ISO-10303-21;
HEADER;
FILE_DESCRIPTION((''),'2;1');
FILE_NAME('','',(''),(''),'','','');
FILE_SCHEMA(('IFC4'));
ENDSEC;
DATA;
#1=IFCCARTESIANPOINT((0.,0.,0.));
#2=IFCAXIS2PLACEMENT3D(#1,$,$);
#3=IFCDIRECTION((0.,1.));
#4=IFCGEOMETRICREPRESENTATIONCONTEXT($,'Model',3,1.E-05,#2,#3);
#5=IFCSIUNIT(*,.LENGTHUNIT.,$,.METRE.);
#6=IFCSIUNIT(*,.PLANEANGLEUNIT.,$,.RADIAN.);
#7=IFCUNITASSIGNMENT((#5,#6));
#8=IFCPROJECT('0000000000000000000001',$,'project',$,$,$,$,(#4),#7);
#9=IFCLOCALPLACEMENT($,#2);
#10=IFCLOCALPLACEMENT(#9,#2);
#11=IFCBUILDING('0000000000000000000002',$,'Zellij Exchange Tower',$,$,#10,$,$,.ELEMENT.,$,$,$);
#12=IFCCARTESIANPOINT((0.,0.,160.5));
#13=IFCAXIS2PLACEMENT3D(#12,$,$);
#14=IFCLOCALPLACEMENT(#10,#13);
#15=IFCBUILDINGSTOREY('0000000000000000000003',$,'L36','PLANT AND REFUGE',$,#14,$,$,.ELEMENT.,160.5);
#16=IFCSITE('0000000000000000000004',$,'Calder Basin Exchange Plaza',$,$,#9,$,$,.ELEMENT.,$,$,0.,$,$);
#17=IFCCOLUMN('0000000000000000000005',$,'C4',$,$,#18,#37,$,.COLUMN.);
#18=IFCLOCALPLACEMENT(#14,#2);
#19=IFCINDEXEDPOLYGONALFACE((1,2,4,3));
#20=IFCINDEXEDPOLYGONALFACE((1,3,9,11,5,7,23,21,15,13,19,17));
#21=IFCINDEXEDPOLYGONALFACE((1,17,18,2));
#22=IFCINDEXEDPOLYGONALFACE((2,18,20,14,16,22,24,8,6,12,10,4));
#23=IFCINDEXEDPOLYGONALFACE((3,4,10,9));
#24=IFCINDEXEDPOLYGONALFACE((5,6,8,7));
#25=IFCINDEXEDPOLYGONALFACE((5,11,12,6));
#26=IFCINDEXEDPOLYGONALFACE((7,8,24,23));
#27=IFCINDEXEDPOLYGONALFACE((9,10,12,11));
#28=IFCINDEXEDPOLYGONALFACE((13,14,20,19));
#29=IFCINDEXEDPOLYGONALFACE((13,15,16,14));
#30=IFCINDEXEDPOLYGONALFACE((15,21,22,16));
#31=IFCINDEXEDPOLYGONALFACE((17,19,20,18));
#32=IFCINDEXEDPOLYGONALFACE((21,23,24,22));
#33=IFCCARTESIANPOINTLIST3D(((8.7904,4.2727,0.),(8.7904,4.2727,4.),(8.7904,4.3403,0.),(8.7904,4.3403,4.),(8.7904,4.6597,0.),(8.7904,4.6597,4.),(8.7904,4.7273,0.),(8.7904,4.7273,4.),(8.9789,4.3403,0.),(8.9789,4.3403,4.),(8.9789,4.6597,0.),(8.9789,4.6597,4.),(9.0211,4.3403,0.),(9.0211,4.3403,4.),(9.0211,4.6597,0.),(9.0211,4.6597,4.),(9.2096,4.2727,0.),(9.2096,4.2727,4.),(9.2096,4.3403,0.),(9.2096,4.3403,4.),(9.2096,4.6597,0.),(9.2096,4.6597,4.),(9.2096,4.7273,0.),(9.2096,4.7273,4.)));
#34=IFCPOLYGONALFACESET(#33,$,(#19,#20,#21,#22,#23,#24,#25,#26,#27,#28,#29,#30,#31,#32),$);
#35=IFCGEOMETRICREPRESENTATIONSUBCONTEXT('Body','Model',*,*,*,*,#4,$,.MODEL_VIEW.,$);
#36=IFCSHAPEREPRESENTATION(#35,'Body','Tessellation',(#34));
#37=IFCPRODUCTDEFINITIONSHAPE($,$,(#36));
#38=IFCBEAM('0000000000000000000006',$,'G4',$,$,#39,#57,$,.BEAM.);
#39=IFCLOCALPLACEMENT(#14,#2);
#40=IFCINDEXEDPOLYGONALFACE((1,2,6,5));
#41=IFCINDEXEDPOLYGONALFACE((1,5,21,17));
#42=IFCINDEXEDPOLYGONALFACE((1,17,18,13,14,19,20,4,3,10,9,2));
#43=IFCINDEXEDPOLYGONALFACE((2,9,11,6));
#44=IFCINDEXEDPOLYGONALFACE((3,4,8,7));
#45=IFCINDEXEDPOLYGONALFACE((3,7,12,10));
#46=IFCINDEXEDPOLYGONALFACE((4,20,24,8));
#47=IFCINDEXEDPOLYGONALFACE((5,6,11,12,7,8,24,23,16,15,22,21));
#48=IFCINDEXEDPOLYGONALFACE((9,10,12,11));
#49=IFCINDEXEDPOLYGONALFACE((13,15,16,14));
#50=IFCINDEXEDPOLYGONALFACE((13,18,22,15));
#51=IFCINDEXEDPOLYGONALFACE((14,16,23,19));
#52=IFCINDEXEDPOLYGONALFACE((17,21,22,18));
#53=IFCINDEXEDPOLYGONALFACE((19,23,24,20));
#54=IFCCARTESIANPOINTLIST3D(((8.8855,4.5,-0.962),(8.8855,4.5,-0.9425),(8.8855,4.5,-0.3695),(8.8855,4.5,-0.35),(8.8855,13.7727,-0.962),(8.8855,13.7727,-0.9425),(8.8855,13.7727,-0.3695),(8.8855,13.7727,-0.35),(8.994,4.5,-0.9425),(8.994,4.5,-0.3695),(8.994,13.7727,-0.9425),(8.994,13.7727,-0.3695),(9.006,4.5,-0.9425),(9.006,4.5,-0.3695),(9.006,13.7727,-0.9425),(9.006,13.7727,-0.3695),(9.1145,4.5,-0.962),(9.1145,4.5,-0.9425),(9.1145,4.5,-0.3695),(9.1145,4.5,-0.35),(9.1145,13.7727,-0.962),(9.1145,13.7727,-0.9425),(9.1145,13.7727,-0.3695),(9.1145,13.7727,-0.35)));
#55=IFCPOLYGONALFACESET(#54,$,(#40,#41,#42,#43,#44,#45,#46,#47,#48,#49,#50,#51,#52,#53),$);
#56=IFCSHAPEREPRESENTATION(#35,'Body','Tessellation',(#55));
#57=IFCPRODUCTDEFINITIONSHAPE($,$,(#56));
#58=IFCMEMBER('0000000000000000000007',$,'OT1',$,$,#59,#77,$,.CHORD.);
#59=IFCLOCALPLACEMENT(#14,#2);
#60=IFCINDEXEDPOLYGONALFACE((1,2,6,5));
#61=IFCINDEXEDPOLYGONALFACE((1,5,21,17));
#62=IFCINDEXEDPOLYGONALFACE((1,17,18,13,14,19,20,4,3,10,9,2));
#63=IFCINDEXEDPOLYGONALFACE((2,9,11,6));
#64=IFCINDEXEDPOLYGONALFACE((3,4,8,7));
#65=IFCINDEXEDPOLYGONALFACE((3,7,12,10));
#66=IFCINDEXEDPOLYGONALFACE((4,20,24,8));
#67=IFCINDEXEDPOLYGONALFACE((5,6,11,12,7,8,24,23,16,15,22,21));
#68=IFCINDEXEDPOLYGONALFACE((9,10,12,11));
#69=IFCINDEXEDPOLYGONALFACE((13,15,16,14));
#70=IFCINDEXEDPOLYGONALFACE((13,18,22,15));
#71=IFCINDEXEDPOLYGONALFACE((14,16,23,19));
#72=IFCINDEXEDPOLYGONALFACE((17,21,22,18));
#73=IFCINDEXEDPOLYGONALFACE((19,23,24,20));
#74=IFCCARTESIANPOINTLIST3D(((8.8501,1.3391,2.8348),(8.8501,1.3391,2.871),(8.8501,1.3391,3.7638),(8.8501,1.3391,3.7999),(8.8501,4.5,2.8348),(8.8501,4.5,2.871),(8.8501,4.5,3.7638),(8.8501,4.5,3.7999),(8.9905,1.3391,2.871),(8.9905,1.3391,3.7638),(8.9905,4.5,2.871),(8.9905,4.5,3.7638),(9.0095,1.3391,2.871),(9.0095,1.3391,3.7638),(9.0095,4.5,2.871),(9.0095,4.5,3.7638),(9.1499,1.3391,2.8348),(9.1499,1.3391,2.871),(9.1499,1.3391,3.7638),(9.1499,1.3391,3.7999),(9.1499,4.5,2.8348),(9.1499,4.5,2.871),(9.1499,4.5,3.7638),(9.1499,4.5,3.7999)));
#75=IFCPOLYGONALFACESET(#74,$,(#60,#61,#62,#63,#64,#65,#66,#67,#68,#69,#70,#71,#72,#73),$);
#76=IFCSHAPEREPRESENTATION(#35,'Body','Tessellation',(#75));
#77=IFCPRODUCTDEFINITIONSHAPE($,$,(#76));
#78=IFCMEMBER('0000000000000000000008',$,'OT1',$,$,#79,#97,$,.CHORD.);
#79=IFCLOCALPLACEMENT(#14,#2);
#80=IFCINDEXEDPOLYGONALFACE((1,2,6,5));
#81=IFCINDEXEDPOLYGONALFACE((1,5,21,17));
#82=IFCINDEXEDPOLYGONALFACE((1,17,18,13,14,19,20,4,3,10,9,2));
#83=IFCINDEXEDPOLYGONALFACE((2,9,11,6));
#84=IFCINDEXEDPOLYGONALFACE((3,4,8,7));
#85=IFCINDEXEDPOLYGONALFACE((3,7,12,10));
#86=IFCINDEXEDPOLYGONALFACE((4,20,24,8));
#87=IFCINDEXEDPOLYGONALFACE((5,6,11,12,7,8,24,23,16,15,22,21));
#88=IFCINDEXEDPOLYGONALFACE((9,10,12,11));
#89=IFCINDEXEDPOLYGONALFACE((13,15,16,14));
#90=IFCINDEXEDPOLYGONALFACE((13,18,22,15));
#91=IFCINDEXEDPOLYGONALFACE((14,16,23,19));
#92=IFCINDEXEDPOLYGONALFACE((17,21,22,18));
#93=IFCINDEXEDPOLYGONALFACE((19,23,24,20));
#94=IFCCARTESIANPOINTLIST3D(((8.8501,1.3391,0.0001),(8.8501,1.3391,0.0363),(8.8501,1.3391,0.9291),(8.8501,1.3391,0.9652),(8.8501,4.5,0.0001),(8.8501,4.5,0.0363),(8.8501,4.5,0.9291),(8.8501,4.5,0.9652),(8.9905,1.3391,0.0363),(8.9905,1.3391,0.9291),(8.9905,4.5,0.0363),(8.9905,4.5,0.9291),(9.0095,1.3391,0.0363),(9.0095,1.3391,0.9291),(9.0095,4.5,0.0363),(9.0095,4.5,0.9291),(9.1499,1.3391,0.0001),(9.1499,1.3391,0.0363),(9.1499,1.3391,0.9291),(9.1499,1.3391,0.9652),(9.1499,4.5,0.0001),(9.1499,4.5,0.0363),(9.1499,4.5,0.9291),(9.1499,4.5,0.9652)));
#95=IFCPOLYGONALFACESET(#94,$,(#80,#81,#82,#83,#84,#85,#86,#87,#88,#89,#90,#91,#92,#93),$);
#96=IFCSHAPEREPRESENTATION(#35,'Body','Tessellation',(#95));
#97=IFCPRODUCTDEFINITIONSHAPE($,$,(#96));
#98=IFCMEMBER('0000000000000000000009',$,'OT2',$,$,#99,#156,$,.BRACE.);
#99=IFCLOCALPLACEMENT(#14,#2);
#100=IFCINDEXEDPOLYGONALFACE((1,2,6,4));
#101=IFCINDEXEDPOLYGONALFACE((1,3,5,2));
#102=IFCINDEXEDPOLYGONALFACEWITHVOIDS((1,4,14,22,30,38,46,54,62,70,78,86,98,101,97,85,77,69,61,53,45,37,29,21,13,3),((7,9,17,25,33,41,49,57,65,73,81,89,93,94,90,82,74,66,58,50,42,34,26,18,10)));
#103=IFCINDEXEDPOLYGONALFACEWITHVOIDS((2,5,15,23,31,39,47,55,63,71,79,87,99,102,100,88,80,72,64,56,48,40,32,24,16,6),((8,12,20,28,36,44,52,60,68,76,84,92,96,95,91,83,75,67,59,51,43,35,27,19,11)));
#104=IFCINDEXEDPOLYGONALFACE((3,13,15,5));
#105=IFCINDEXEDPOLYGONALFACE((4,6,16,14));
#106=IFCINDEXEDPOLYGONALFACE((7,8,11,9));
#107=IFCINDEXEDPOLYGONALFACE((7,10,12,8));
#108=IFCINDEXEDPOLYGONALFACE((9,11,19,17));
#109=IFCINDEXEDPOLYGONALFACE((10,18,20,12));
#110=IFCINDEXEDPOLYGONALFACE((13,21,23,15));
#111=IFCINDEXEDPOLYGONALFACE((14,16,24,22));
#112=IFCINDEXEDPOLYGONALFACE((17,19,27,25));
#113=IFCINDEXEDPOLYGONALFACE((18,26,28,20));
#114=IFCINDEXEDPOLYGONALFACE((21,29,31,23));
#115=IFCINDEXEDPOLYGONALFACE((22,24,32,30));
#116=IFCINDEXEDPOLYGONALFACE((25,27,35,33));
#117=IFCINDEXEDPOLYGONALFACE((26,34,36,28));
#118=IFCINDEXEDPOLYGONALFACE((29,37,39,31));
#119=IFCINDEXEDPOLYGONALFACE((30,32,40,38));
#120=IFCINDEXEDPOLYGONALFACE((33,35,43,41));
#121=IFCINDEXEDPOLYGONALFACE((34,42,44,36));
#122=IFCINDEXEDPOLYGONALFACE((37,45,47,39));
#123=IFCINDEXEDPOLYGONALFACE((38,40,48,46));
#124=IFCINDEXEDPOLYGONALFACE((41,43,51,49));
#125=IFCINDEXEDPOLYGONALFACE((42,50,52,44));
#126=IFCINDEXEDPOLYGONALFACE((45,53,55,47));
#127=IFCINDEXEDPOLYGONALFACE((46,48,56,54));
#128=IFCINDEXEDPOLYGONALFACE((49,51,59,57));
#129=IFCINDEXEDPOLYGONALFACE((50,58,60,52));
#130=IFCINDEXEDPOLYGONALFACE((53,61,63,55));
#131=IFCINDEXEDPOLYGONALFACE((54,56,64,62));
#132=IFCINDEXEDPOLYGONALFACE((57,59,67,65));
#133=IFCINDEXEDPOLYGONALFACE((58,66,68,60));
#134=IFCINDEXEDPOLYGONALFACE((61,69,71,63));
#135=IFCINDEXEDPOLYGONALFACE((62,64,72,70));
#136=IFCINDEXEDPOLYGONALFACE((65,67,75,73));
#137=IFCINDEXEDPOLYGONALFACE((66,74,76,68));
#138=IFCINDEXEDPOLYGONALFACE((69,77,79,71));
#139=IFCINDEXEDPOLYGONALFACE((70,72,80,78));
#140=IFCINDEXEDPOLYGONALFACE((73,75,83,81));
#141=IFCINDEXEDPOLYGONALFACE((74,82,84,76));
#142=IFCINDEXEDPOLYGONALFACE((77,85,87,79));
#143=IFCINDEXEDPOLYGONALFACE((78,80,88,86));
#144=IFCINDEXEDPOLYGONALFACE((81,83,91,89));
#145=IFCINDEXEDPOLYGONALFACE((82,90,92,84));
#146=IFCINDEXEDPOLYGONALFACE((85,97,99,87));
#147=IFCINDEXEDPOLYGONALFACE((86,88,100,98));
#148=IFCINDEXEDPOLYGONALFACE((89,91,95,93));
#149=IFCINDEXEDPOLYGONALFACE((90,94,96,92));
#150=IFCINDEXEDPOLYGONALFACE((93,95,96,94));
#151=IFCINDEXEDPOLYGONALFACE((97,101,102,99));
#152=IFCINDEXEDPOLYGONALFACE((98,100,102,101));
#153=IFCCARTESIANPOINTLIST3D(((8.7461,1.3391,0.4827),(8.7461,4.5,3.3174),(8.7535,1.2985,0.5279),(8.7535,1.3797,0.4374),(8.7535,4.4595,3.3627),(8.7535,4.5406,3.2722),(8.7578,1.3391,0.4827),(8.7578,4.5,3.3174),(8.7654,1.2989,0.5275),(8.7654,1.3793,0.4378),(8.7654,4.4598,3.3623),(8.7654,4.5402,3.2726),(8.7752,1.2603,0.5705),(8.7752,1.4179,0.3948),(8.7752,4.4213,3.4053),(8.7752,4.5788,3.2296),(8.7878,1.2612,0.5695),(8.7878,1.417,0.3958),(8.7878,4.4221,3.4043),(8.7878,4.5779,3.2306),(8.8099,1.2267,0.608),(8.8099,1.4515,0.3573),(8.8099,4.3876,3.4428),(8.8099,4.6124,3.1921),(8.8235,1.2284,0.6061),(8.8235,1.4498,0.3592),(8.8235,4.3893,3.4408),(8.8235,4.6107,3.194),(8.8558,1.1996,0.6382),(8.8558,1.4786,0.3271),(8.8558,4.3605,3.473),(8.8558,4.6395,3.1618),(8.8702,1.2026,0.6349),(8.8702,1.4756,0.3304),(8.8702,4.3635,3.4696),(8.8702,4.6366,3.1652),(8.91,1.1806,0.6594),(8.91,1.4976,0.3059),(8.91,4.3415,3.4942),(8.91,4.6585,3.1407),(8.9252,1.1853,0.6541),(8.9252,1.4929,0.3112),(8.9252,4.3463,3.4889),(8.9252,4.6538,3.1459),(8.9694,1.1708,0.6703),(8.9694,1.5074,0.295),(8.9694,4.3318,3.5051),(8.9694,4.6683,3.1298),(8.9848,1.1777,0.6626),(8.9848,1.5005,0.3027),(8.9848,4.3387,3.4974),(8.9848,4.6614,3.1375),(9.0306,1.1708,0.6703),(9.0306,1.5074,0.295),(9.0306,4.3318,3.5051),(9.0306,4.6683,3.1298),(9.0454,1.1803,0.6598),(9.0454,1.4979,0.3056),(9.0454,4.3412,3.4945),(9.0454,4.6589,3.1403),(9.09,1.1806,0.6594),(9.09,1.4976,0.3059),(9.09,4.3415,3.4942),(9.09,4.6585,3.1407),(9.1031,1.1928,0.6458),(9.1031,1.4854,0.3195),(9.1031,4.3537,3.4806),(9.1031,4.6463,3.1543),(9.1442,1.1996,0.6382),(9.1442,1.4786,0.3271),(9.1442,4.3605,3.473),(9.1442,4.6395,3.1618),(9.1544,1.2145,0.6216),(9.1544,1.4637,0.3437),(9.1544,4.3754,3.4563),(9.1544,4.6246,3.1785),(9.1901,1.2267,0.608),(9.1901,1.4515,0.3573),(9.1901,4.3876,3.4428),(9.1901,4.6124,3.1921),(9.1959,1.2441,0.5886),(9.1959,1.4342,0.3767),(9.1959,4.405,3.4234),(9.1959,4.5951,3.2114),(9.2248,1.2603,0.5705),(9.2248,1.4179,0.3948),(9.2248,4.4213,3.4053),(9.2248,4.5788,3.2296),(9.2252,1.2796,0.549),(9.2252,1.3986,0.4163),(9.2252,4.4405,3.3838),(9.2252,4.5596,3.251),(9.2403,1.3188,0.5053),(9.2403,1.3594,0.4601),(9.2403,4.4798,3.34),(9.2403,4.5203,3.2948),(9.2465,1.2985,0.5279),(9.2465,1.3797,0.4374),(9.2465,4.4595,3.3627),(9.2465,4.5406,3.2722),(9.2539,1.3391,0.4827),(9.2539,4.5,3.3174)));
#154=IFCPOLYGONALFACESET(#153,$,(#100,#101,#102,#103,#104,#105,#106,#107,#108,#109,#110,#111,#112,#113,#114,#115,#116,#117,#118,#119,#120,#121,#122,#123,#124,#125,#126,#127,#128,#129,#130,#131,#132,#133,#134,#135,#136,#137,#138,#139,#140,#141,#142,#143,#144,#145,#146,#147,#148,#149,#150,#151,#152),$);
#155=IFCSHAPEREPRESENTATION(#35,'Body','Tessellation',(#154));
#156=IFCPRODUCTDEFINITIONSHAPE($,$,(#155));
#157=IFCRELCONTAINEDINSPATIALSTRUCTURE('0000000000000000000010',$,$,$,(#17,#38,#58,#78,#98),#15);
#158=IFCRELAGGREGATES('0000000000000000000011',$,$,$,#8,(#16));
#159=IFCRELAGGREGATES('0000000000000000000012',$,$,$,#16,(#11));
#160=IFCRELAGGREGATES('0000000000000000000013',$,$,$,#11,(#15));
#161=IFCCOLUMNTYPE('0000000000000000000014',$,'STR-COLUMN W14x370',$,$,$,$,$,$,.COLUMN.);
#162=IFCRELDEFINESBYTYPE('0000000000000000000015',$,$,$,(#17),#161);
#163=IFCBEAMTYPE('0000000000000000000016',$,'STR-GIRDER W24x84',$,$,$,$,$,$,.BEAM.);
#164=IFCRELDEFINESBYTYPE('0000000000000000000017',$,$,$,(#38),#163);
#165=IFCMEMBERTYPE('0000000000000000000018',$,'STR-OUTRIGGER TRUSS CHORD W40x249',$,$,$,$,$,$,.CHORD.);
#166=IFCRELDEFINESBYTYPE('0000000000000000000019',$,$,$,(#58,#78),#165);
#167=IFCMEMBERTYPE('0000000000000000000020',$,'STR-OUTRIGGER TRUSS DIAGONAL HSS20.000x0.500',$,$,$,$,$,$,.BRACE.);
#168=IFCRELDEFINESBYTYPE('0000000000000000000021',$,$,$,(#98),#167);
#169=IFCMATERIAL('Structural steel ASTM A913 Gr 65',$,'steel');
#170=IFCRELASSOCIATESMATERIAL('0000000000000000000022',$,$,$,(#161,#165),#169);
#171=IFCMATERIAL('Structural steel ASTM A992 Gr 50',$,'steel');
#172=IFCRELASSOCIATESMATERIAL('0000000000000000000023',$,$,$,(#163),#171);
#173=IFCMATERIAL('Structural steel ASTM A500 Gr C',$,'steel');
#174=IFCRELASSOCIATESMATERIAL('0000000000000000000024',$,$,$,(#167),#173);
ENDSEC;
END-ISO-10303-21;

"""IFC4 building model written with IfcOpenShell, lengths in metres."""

from ifc_helpers import new_model, si_unit, direction, frame, origin, origin_2d, place, context, subcontext, project, spatial, hollow_circle, i_section, extrude, material, material_profile, profile_set, type_object, element, save


model = new_model("IFC4")

# Units and contexts
model_context = context("Model", 3, precision=1e-05, world=origin(), true_north=direction((0.0, 1.0)))
body_context = subcontext(model_context, "Body", "Model", "MODEL_VIEW")
ifc_project = project(units=[si_unit("LENGTHUNIT", "METRE"), si_unit("PLANEANGLEUNIT", "RADIAN")], contexts=[model_context])

# Site, building, storey
site_placement = place(None, origin())
site = spatial("IfcSite", under=ifc_project, at=site_placement, Name="Calder Basin Exchange Plaza", CompositionType="ELEMENT", RefElevation=0.0)
building_placement = place(site_placement, origin())
building = spatial("IfcBuilding", under=site, at=building_placement, Name="Zellij Exchange Tower", CompositionType="ELEMENT")
storey_placement = place(building_placement, frame((0.0, 0.0, 160.5)))
storey = spatial("IfcBuildingStorey", under=building, at=storey_placement, Name="L36", Description="PLANT AND REFUGE", CompositionType="ELEMENT", Elevation=160.5)

# Column
ifc_material_1 = material(Name="Structural steel ASTM A913 Gr 65", Category="steel")
ifc_material_profile_1 = material_profile(ifc_material_1, i_section(OverallWidth=0.4192, OverallDepth=0.4546, WebThickness=0.0422, FlangeThickness=0.0676, at=origin_2d()), Name="W14x370")
ifc_profile_set_1 = profile_set([ifc_material_profile_1], Name="Structural steel ASTM A913 Gr 65")
column_type = type_object("IfcColumnType", Name="STR-COLUMN W14x370", PredefinedType="COLUMN", material=ifc_profile_set_1)
column_placement = place(storey_placement, frame((9.0, 4.5, 0.0), z_axis=(0.0, 0.0, 1.0), x_axis=(1.0, 0.0, 0.0)))
element("IfcColumn", 1, at=column_placement, inside=storey, type_object=column_type, Name="C4", PredefinedType="COLUMN", context=body_context, shape_type="SweptSolid", body=[
    extrude(i_section(OverallWidth=0.4192, OverallDepth=0.4546, WebThickness=0.0422, FlangeThickness=0.0676, at=origin_2d()), origin(), (0.0, 0.0, 1.0), 4.0),
])

# Beam
ifc_material_2 = material(Name="Structural steel ASTM A992 Gr 50", Category="steel")
ifc_material_profile_2 = material_profile(ifc_material_2, i_section(OverallWidth=0.229, OverallDepth=0.6121, WebThickness=0.012, FlangeThickness=0.0195, at=origin_2d()), Name="W24x84")
ifc_profile_set_2 = profile_set([ifc_material_profile_2], Name="Structural steel ASTM A992 Gr 50")
beam_type = type_object("IfcBeamType", Name="STR-GIRDER W24x84", PredefinedType="BEAM", material=ifc_profile_set_2)
beam_placement = place(storey_placement, frame((9.0, 4.5, -0.656), z_axis=(0.0, 1.0, 0.0), x_axis=(-1.0, 0.0, 0.0)))
element("IfcBeam", 2, at=beam_placement, inside=storey, type_object=beam_type, Name="G4", PredefinedType="BEAM", context=body_context, shape_type="SweptSolid", body=[
    extrude(i_section(OverallWidth=0.229, OverallDepth=0.6121, WebThickness=0.012, FlangeThickness=0.0195, at=origin_2d()), origin(), (0.0, 0.0, 1.0), 9.2727),
])

# Members
ifc_material_profile_3 = material_profile(ifc_material_1, i_section(OverallWidth=0.2998, OverallDepth=0.9651, WebThickness=0.019, FlangeThickness=0.0361, at=origin_2d()), Name="W40x249")
ifc_profile_set_3 = profile_set([ifc_material_profile_3], Name="Structural steel ASTM A913 Gr 65")
member_type_1 = type_object("IfcMemberType", Name="STR-OUTRIGGER TRUSS CHORD W40x249", PredefinedType="CHORD", material=ifc_profile_set_3)
for number, where, z_axis, x_axis, name in (
    (3, (9.0, 1.3391, 3.3174), (0.0, 1.0, 0.0), (-1.0, 0.0, 0.0), "OT1"),
    (4, (9.0, 1.3391, 0.4827), (0.0, 1.0, 0.0), (-1.0, 0.0, 0.0), "OT1"),
):
    element("IfcMember", number, at=place(storey_placement, frame(where, z_axis=z_axis, x_axis=x_axis)), inside=storey, type_object=member_type_1, Name=name, PredefinedType="CHORD", context=body_context, shape_type="SweptSolid", body=[
        extrude(i_section(OverallWidth=0.2998, OverallDepth=0.9651, WebThickness=0.019, FlangeThickness=0.0361, at=origin_2d()), origin(), (0.0, 0.0, 1.0), 3.1609),
    ])
ifc_material_3 = material(Name="Structural steel ASTM A500 Gr C", Category="steel")
ifc_material_profile_4 = material_profile(ifc_material_3, hollow_circle(Radius=0.2539, WallThickness=0.0117, at=origin_2d()), Name="STR-OUTRIGGER TRUSS DIAGONAL HSS20.000x0.500")
ifc_profile_set_4 = profile_set([ifc_material_profile_4], Name="Structural steel ASTM A500 Gr C")
member_type_2 = type_object("IfcMemberType", Name="STR-OUTRIGGER TRUSS DIAGONAL HSS20.000x0.500", PredefinedType="BRACE", material=ifc_profile_set_4)
member_placement = place(storey_placement, frame((9.0, 1.3391, 0.4827), z_axis=(0.0, 0.744474, 0.667652), x_axis=(-1.0, 0.0, 0.0)))
element("IfcMember", 5, at=member_placement, inside=storey, type_object=member_type_2, Name="OT2", PredefinedType="BRACE", context=body_context, shape_type="SweptSolid", body=[
    extrude(hollow_circle(Radius=0.2539, WallThickness=0.0117, at=origin_2d()), origin(), (0.0, 0.0, 1.0), 4.2458),
])

save(model, "model.ifc")
